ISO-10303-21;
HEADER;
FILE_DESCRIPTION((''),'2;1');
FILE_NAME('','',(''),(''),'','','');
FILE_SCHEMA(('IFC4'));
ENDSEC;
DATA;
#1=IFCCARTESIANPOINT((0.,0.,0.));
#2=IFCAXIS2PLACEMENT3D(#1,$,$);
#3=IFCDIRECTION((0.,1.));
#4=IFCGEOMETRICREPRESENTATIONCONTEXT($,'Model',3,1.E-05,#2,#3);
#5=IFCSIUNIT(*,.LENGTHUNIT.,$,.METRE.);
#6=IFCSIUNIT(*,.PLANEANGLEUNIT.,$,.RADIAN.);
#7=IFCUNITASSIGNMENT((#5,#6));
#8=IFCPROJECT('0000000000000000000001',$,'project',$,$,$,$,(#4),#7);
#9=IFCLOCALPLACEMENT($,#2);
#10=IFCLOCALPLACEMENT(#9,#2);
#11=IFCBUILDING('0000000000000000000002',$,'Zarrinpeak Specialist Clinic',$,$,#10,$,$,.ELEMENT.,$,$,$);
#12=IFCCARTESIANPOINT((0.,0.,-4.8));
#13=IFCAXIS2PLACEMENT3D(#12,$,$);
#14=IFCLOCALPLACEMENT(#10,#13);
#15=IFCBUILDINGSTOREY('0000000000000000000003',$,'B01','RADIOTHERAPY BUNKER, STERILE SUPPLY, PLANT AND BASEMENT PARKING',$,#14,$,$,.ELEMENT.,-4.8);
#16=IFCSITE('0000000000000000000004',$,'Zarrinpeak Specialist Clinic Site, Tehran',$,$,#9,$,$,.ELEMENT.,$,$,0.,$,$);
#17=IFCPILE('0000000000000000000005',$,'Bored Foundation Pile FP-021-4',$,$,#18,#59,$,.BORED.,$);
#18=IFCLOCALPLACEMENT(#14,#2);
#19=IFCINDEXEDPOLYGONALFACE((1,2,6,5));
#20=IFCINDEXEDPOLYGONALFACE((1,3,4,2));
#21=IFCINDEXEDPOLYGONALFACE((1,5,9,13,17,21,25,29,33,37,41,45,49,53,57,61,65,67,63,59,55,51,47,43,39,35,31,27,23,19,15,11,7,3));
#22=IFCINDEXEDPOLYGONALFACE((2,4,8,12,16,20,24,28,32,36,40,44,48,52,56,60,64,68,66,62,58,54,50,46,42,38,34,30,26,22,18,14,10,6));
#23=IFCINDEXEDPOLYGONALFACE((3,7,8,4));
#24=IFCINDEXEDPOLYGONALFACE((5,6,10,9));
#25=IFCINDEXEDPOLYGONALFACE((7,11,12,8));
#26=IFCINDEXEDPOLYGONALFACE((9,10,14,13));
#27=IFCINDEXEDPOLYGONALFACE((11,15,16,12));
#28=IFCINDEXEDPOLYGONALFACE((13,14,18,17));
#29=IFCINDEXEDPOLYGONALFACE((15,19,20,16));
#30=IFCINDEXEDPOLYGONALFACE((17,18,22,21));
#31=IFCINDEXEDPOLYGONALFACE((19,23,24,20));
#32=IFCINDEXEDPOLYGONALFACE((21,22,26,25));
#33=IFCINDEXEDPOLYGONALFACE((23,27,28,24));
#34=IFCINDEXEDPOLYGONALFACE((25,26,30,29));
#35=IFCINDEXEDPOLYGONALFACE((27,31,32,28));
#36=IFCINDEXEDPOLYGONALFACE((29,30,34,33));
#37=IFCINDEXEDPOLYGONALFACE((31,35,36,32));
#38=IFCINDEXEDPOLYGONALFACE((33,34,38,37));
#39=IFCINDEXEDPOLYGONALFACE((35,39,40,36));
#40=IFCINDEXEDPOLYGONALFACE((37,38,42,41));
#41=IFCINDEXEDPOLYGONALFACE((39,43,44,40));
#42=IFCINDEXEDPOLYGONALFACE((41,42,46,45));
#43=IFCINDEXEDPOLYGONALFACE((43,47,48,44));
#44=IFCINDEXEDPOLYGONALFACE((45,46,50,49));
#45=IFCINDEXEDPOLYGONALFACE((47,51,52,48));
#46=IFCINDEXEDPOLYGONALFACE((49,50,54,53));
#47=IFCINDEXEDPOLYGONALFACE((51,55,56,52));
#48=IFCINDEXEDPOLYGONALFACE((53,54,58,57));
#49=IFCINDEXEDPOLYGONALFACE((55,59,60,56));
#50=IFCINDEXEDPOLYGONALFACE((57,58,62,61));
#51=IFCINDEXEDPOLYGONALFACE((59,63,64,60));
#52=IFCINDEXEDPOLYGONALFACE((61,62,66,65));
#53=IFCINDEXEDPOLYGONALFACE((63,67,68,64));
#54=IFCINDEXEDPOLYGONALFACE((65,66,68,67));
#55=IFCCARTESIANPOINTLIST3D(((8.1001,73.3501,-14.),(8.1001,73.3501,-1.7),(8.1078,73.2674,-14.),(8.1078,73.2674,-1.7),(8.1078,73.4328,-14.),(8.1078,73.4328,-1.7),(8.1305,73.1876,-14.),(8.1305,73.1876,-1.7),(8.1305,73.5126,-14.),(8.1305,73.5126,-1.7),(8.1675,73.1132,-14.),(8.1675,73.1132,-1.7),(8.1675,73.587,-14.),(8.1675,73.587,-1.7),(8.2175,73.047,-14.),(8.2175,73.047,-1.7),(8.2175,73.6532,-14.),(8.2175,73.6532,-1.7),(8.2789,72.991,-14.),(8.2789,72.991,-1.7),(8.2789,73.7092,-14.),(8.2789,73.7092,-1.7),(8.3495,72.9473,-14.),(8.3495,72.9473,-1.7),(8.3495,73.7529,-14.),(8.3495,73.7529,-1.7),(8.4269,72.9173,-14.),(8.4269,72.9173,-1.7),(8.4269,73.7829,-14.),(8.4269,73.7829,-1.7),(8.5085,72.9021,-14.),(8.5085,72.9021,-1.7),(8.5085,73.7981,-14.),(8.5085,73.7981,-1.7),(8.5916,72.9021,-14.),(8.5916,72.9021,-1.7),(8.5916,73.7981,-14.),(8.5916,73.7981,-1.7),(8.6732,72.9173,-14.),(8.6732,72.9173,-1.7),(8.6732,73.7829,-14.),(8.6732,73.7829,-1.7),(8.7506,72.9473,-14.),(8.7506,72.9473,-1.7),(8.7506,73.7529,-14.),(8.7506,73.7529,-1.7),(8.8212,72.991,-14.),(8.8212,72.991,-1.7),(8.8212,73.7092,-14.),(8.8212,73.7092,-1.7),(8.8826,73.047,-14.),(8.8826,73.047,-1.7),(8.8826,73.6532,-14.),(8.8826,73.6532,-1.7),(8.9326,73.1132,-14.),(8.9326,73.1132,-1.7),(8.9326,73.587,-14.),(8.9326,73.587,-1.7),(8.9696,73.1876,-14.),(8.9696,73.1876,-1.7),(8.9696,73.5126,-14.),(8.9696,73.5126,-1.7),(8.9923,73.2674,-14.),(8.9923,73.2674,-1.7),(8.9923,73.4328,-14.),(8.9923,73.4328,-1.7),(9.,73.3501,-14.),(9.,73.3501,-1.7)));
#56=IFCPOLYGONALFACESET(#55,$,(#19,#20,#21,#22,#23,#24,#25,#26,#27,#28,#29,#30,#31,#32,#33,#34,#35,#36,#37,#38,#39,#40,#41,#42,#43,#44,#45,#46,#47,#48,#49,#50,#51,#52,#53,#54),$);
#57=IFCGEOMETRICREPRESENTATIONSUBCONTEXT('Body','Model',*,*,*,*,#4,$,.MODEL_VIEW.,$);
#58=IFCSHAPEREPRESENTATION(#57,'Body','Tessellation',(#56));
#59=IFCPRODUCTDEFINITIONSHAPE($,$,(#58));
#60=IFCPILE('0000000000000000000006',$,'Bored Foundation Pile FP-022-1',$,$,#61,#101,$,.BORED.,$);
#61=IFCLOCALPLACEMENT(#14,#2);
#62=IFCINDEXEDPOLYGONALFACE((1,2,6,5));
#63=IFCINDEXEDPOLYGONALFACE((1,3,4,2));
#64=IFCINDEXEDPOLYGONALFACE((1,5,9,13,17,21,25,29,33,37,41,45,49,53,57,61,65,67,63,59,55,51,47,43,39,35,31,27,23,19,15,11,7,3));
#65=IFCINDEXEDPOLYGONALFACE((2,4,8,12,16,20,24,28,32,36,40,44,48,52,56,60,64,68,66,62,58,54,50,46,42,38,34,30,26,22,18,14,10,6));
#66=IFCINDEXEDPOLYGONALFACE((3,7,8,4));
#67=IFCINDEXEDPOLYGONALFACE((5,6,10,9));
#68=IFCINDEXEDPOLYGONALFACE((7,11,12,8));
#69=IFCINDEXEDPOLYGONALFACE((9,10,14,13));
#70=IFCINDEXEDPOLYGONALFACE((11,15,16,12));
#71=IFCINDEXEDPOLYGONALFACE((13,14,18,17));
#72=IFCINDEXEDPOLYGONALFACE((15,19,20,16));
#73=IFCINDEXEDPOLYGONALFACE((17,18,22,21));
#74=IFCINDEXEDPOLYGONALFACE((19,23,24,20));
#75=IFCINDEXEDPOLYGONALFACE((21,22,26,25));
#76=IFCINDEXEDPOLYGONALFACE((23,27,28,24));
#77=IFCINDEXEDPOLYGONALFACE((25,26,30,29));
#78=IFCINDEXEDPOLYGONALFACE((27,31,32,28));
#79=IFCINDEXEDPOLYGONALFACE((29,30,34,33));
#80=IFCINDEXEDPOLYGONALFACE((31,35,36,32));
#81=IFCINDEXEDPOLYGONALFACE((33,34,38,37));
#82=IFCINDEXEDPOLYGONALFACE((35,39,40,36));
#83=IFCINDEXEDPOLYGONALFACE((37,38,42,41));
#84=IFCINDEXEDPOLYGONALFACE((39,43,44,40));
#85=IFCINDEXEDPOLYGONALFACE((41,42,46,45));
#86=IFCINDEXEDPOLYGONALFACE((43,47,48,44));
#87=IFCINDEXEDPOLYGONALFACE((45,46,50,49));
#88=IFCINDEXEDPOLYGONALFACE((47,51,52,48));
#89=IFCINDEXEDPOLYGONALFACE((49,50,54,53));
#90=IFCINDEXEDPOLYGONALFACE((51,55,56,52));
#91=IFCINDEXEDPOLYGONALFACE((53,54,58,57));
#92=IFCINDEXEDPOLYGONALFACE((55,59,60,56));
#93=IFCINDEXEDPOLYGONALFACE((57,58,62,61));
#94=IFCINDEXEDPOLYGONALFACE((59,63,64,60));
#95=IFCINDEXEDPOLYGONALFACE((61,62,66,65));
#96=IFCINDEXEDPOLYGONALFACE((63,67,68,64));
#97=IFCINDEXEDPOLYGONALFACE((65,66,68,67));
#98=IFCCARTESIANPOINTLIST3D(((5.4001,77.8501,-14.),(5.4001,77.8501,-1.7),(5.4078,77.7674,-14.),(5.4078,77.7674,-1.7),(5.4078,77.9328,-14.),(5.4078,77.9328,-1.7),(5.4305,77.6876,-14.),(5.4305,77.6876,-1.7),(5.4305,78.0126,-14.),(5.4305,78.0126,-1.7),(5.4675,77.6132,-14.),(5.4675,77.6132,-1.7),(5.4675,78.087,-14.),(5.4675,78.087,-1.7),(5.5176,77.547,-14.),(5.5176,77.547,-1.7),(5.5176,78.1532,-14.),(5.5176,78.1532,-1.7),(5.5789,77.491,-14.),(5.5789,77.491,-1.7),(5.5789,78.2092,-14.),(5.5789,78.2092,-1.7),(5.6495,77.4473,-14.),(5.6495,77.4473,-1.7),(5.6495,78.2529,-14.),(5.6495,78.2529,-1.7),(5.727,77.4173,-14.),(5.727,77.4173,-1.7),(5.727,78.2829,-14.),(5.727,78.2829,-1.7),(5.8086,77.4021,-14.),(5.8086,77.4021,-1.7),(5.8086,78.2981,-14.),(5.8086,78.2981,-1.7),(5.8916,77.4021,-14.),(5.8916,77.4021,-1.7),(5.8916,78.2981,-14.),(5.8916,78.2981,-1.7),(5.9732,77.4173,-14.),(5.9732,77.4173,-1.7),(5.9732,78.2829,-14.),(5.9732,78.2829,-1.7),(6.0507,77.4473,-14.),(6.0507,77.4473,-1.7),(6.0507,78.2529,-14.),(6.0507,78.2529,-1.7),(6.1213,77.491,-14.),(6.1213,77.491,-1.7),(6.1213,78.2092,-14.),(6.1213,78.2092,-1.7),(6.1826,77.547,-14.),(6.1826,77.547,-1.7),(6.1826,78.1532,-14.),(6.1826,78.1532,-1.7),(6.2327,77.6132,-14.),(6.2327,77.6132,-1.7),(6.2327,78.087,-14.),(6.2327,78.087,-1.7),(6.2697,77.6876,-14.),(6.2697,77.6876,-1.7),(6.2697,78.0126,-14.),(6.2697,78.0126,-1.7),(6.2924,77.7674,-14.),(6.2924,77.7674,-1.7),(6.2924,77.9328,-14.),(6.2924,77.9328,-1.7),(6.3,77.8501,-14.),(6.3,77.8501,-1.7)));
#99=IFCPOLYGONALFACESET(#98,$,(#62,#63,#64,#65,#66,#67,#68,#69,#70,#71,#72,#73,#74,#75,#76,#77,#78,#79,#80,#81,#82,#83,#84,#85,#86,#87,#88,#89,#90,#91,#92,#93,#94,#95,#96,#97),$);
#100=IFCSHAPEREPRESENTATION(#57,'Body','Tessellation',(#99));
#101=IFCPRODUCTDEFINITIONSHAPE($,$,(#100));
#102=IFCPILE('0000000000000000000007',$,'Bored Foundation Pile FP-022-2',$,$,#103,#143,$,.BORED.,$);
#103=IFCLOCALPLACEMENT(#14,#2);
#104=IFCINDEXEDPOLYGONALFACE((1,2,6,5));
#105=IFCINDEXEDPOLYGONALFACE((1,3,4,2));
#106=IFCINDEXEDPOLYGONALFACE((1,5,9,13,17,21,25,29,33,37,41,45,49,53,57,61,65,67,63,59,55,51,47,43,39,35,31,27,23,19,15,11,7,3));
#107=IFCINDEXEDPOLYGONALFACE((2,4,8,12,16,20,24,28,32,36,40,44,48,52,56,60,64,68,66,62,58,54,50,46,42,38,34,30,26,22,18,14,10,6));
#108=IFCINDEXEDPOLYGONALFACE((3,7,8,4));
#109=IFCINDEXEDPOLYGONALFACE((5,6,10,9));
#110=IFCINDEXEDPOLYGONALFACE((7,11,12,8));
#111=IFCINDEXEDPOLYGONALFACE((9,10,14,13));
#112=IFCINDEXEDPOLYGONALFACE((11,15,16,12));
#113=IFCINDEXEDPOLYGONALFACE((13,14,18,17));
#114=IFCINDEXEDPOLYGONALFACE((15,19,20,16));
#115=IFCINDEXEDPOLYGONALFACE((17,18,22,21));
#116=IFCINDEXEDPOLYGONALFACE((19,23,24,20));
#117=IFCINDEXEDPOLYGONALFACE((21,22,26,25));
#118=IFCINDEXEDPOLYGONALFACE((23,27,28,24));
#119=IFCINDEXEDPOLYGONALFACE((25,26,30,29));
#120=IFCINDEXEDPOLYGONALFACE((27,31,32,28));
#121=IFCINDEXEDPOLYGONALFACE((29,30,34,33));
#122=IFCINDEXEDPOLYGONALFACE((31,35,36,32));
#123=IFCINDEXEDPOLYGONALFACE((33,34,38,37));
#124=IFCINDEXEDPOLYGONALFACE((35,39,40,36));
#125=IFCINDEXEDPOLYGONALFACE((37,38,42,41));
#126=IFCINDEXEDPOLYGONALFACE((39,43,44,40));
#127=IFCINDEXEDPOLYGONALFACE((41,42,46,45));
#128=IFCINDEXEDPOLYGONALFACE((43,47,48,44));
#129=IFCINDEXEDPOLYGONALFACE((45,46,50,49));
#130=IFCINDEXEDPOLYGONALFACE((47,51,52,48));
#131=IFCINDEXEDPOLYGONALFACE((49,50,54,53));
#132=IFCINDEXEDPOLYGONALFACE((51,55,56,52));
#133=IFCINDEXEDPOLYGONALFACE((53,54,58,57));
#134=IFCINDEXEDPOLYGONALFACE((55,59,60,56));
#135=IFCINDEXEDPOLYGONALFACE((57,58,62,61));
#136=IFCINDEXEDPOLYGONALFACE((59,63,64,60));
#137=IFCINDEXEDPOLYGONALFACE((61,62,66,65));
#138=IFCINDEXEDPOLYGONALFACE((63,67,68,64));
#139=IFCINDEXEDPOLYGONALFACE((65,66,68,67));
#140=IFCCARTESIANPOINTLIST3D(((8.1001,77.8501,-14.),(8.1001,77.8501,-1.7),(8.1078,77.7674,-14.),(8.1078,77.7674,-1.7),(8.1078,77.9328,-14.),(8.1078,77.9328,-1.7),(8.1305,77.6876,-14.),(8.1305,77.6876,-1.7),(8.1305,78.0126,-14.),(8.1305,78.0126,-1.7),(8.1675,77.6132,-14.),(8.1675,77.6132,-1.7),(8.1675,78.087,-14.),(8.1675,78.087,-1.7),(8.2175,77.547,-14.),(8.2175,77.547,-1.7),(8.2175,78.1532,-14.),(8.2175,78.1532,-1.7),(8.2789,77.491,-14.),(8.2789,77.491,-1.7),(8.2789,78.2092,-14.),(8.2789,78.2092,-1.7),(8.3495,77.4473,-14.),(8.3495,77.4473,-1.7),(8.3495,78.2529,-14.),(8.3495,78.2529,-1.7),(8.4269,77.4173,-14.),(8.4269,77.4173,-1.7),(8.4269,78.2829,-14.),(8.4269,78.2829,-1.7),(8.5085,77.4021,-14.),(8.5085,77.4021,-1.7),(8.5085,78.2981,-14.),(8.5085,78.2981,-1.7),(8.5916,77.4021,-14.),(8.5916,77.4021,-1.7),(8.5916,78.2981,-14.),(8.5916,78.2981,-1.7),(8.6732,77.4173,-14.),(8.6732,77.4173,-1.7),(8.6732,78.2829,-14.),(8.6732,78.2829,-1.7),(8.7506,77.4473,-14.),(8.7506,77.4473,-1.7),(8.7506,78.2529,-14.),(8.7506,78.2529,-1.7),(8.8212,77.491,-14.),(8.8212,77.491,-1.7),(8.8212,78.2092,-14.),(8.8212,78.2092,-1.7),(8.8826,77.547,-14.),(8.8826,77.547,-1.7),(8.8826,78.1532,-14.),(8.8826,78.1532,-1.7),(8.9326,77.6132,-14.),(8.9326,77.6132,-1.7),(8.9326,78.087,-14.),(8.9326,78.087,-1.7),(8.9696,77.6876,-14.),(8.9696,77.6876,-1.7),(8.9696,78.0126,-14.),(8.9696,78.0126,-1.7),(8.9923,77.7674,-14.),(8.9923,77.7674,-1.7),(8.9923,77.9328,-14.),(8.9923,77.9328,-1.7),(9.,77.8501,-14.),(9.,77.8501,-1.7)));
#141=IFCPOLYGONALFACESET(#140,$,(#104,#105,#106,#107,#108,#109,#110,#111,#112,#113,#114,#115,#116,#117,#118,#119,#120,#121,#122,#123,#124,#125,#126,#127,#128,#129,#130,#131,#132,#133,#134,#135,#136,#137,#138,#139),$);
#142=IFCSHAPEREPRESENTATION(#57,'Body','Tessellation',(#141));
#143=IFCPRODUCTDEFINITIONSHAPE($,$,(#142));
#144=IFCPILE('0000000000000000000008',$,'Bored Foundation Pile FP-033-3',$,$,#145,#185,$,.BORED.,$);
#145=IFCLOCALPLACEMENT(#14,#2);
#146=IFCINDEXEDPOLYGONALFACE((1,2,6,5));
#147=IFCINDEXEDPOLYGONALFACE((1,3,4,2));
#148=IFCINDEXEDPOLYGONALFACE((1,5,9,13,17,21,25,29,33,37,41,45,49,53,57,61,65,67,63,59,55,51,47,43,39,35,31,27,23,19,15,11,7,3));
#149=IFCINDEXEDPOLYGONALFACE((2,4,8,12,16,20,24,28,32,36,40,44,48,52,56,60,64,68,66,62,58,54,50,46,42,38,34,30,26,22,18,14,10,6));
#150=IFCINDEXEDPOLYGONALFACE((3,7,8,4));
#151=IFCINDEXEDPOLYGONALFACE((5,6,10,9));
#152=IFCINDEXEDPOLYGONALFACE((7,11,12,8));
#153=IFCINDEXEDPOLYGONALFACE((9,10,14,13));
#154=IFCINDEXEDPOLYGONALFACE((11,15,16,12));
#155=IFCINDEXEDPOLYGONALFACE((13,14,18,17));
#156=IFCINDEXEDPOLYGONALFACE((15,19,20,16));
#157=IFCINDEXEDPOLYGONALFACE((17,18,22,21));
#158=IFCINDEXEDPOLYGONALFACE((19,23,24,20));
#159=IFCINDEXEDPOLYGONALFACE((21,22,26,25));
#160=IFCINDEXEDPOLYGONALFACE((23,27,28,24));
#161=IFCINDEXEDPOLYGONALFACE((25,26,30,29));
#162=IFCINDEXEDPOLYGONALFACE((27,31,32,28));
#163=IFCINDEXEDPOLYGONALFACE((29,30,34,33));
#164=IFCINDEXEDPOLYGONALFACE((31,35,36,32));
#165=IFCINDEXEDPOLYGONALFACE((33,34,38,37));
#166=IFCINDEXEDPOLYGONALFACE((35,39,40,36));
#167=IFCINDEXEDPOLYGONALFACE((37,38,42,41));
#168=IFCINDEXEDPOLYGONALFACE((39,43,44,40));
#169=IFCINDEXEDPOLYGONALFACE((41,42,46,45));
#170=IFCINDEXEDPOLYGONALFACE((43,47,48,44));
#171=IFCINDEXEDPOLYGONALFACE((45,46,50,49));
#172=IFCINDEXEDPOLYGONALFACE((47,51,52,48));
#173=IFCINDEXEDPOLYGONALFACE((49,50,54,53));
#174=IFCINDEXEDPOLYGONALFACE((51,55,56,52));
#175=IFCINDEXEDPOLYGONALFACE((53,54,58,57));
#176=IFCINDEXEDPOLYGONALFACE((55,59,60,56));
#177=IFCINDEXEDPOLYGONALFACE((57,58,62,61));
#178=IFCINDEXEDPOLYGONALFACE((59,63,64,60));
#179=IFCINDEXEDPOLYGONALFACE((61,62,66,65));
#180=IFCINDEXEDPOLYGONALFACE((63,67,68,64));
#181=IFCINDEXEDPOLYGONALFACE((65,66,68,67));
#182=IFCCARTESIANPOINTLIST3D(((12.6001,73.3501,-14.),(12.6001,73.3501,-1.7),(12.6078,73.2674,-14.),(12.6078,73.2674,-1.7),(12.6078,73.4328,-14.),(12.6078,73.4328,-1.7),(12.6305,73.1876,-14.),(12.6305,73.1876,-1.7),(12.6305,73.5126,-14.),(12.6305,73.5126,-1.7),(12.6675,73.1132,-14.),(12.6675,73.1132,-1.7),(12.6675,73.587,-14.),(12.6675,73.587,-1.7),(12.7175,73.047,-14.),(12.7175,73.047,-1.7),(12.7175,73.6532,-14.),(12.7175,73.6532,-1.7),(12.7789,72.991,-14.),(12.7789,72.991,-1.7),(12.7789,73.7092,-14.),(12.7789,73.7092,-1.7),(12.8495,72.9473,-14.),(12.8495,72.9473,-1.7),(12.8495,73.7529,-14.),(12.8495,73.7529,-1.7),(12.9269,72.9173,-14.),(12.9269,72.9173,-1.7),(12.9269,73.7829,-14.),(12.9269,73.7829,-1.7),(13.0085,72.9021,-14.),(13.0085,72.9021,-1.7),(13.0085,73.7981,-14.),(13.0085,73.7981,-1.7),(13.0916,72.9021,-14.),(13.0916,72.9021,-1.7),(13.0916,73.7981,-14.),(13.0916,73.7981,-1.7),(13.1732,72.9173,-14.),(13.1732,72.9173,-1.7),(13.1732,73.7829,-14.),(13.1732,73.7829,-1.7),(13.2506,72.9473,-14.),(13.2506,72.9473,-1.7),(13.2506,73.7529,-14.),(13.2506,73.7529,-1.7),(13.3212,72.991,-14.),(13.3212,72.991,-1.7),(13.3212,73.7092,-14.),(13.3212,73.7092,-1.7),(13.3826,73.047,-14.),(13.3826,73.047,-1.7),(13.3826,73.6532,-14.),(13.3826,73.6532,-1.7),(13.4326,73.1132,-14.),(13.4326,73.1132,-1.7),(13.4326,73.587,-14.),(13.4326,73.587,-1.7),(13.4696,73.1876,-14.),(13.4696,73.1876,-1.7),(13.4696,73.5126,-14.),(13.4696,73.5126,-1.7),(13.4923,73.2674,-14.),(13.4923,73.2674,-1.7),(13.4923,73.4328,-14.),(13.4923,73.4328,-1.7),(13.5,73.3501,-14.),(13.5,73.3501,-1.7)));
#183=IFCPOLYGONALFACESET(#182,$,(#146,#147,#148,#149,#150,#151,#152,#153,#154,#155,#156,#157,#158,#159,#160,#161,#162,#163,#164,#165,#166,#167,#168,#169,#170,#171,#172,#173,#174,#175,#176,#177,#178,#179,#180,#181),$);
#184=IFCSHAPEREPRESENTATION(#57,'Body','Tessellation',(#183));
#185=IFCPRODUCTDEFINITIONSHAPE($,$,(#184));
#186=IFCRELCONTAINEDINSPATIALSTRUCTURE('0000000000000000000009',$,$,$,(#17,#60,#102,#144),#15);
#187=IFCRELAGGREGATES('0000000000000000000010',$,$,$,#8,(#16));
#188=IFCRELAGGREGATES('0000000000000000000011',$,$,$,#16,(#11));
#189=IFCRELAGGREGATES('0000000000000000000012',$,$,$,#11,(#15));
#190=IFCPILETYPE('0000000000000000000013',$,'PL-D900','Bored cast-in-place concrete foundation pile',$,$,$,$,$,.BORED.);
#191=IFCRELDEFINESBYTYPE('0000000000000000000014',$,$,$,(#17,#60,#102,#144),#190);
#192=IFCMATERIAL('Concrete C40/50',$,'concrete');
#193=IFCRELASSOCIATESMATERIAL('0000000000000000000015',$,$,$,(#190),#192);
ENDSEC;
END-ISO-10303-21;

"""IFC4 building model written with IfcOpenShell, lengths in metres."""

from ifc_helpers import new_model, si_unit, direction, frame, origin, origin_2d, place, context, subcontext, project, spatial, circle, extrude, material, material_profile, profile_set, type_object, element, save


model = new_model("IFC4")

# Units and contexts
model_context = context("Model", 3, precision=1e-05, world=origin(), true_north=direction((0.0, 1.0)))
body_context = subcontext(model_context, "Body", "Model", "MODEL_VIEW")
ifc_project = project(units=[si_unit("LENGTHUNIT", "METRE"), si_unit("PLANEANGLEUNIT", "RADIAN")], contexts=[model_context])

# Site, building, storey
site_placement = place(None, origin())
site = spatial("IfcSite", under=ifc_project, at=site_placement, Name="Zarrinpeak Specialist Clinic Site, Tehran", CompositionType="ELEMENT", RefElevation=0.0)
building_placement = place(site_placement, origin())
building = spatial("IfcBuilding", under=site, at=building_placement, Name="Zarrinpeak Specialist Clinic", CompositionType="ELEMENT")
storey_placement = place(building_placement, frame((0.0, 0.0, -4.8)))
storey = spatial("IfcBuildingStorey", under=building, at=storey_placement, Name="B01", Description="RADIOTHERAPY BUNKER, STERILE SUPPLY, PLANT AND BASEMENT PARKING", CompositionType="ELEMENT", Elevation=-4.8)

# Shared definitions
ifc_material_1 = material(Name="Concrete C40/50", Category="concrete")

# Piles
ifc_material_profile_1 = material_profile(ifc_material_1, circle(Radius=0.45, at=origin_2d()), Name="BORED PILE D900")
ifc_profile_set_1 = profile_set([ifc_material_profile_1], Name="Concrete C40/50")
pile_type = type_object("IfcPileType", Name="PL-D900", Description="Bored cast-in-place concrete foundation pile", PredefinedType="BORED", material=ifc_profile_set_1)
for number, where, z_axis, x_axis, name in (
    (1, (8.55, 73.3501, -1.7), (0.0, 0.0, -1.0), (1.0, 0.0, 0.0), "Bored Foundation Pile FP-021-4"),
    (2, (5.8501, 77.8501, -1.7), (0.0, 0.0, -1.0), (1.0, 0.0, 0.0), "Bored Foundation Pile FP-022-1"),
    (3, (8.55, 77.8501, -1.7), (0.0, 0.0, -1.0), (1.0, 0.0, 0.0), "Bored Foundation Pile FP-022-2"),
    (4, (13.05, 73.3501, -1.7), (0.0, 0.0, -1.0), (1.0, 0.0, 0.0), "Bored Foundation Pile FP-033-3"),
):
    element("IfcPile", number, at=place(storey_placement, frame(where, z_axis=z_axis, x_axis=x_axis)), inside=storey, type_object=pile_type, Name=name, PredefinedType="BORED", context=body_context, shape_type="SweptSolid", body=[
        extrude(circle(Radius=0.45, at=origin_2d()), origin(), (0.0, 0.0, 1.0), 12.3),
    ])

save(model, "model.ifc")
